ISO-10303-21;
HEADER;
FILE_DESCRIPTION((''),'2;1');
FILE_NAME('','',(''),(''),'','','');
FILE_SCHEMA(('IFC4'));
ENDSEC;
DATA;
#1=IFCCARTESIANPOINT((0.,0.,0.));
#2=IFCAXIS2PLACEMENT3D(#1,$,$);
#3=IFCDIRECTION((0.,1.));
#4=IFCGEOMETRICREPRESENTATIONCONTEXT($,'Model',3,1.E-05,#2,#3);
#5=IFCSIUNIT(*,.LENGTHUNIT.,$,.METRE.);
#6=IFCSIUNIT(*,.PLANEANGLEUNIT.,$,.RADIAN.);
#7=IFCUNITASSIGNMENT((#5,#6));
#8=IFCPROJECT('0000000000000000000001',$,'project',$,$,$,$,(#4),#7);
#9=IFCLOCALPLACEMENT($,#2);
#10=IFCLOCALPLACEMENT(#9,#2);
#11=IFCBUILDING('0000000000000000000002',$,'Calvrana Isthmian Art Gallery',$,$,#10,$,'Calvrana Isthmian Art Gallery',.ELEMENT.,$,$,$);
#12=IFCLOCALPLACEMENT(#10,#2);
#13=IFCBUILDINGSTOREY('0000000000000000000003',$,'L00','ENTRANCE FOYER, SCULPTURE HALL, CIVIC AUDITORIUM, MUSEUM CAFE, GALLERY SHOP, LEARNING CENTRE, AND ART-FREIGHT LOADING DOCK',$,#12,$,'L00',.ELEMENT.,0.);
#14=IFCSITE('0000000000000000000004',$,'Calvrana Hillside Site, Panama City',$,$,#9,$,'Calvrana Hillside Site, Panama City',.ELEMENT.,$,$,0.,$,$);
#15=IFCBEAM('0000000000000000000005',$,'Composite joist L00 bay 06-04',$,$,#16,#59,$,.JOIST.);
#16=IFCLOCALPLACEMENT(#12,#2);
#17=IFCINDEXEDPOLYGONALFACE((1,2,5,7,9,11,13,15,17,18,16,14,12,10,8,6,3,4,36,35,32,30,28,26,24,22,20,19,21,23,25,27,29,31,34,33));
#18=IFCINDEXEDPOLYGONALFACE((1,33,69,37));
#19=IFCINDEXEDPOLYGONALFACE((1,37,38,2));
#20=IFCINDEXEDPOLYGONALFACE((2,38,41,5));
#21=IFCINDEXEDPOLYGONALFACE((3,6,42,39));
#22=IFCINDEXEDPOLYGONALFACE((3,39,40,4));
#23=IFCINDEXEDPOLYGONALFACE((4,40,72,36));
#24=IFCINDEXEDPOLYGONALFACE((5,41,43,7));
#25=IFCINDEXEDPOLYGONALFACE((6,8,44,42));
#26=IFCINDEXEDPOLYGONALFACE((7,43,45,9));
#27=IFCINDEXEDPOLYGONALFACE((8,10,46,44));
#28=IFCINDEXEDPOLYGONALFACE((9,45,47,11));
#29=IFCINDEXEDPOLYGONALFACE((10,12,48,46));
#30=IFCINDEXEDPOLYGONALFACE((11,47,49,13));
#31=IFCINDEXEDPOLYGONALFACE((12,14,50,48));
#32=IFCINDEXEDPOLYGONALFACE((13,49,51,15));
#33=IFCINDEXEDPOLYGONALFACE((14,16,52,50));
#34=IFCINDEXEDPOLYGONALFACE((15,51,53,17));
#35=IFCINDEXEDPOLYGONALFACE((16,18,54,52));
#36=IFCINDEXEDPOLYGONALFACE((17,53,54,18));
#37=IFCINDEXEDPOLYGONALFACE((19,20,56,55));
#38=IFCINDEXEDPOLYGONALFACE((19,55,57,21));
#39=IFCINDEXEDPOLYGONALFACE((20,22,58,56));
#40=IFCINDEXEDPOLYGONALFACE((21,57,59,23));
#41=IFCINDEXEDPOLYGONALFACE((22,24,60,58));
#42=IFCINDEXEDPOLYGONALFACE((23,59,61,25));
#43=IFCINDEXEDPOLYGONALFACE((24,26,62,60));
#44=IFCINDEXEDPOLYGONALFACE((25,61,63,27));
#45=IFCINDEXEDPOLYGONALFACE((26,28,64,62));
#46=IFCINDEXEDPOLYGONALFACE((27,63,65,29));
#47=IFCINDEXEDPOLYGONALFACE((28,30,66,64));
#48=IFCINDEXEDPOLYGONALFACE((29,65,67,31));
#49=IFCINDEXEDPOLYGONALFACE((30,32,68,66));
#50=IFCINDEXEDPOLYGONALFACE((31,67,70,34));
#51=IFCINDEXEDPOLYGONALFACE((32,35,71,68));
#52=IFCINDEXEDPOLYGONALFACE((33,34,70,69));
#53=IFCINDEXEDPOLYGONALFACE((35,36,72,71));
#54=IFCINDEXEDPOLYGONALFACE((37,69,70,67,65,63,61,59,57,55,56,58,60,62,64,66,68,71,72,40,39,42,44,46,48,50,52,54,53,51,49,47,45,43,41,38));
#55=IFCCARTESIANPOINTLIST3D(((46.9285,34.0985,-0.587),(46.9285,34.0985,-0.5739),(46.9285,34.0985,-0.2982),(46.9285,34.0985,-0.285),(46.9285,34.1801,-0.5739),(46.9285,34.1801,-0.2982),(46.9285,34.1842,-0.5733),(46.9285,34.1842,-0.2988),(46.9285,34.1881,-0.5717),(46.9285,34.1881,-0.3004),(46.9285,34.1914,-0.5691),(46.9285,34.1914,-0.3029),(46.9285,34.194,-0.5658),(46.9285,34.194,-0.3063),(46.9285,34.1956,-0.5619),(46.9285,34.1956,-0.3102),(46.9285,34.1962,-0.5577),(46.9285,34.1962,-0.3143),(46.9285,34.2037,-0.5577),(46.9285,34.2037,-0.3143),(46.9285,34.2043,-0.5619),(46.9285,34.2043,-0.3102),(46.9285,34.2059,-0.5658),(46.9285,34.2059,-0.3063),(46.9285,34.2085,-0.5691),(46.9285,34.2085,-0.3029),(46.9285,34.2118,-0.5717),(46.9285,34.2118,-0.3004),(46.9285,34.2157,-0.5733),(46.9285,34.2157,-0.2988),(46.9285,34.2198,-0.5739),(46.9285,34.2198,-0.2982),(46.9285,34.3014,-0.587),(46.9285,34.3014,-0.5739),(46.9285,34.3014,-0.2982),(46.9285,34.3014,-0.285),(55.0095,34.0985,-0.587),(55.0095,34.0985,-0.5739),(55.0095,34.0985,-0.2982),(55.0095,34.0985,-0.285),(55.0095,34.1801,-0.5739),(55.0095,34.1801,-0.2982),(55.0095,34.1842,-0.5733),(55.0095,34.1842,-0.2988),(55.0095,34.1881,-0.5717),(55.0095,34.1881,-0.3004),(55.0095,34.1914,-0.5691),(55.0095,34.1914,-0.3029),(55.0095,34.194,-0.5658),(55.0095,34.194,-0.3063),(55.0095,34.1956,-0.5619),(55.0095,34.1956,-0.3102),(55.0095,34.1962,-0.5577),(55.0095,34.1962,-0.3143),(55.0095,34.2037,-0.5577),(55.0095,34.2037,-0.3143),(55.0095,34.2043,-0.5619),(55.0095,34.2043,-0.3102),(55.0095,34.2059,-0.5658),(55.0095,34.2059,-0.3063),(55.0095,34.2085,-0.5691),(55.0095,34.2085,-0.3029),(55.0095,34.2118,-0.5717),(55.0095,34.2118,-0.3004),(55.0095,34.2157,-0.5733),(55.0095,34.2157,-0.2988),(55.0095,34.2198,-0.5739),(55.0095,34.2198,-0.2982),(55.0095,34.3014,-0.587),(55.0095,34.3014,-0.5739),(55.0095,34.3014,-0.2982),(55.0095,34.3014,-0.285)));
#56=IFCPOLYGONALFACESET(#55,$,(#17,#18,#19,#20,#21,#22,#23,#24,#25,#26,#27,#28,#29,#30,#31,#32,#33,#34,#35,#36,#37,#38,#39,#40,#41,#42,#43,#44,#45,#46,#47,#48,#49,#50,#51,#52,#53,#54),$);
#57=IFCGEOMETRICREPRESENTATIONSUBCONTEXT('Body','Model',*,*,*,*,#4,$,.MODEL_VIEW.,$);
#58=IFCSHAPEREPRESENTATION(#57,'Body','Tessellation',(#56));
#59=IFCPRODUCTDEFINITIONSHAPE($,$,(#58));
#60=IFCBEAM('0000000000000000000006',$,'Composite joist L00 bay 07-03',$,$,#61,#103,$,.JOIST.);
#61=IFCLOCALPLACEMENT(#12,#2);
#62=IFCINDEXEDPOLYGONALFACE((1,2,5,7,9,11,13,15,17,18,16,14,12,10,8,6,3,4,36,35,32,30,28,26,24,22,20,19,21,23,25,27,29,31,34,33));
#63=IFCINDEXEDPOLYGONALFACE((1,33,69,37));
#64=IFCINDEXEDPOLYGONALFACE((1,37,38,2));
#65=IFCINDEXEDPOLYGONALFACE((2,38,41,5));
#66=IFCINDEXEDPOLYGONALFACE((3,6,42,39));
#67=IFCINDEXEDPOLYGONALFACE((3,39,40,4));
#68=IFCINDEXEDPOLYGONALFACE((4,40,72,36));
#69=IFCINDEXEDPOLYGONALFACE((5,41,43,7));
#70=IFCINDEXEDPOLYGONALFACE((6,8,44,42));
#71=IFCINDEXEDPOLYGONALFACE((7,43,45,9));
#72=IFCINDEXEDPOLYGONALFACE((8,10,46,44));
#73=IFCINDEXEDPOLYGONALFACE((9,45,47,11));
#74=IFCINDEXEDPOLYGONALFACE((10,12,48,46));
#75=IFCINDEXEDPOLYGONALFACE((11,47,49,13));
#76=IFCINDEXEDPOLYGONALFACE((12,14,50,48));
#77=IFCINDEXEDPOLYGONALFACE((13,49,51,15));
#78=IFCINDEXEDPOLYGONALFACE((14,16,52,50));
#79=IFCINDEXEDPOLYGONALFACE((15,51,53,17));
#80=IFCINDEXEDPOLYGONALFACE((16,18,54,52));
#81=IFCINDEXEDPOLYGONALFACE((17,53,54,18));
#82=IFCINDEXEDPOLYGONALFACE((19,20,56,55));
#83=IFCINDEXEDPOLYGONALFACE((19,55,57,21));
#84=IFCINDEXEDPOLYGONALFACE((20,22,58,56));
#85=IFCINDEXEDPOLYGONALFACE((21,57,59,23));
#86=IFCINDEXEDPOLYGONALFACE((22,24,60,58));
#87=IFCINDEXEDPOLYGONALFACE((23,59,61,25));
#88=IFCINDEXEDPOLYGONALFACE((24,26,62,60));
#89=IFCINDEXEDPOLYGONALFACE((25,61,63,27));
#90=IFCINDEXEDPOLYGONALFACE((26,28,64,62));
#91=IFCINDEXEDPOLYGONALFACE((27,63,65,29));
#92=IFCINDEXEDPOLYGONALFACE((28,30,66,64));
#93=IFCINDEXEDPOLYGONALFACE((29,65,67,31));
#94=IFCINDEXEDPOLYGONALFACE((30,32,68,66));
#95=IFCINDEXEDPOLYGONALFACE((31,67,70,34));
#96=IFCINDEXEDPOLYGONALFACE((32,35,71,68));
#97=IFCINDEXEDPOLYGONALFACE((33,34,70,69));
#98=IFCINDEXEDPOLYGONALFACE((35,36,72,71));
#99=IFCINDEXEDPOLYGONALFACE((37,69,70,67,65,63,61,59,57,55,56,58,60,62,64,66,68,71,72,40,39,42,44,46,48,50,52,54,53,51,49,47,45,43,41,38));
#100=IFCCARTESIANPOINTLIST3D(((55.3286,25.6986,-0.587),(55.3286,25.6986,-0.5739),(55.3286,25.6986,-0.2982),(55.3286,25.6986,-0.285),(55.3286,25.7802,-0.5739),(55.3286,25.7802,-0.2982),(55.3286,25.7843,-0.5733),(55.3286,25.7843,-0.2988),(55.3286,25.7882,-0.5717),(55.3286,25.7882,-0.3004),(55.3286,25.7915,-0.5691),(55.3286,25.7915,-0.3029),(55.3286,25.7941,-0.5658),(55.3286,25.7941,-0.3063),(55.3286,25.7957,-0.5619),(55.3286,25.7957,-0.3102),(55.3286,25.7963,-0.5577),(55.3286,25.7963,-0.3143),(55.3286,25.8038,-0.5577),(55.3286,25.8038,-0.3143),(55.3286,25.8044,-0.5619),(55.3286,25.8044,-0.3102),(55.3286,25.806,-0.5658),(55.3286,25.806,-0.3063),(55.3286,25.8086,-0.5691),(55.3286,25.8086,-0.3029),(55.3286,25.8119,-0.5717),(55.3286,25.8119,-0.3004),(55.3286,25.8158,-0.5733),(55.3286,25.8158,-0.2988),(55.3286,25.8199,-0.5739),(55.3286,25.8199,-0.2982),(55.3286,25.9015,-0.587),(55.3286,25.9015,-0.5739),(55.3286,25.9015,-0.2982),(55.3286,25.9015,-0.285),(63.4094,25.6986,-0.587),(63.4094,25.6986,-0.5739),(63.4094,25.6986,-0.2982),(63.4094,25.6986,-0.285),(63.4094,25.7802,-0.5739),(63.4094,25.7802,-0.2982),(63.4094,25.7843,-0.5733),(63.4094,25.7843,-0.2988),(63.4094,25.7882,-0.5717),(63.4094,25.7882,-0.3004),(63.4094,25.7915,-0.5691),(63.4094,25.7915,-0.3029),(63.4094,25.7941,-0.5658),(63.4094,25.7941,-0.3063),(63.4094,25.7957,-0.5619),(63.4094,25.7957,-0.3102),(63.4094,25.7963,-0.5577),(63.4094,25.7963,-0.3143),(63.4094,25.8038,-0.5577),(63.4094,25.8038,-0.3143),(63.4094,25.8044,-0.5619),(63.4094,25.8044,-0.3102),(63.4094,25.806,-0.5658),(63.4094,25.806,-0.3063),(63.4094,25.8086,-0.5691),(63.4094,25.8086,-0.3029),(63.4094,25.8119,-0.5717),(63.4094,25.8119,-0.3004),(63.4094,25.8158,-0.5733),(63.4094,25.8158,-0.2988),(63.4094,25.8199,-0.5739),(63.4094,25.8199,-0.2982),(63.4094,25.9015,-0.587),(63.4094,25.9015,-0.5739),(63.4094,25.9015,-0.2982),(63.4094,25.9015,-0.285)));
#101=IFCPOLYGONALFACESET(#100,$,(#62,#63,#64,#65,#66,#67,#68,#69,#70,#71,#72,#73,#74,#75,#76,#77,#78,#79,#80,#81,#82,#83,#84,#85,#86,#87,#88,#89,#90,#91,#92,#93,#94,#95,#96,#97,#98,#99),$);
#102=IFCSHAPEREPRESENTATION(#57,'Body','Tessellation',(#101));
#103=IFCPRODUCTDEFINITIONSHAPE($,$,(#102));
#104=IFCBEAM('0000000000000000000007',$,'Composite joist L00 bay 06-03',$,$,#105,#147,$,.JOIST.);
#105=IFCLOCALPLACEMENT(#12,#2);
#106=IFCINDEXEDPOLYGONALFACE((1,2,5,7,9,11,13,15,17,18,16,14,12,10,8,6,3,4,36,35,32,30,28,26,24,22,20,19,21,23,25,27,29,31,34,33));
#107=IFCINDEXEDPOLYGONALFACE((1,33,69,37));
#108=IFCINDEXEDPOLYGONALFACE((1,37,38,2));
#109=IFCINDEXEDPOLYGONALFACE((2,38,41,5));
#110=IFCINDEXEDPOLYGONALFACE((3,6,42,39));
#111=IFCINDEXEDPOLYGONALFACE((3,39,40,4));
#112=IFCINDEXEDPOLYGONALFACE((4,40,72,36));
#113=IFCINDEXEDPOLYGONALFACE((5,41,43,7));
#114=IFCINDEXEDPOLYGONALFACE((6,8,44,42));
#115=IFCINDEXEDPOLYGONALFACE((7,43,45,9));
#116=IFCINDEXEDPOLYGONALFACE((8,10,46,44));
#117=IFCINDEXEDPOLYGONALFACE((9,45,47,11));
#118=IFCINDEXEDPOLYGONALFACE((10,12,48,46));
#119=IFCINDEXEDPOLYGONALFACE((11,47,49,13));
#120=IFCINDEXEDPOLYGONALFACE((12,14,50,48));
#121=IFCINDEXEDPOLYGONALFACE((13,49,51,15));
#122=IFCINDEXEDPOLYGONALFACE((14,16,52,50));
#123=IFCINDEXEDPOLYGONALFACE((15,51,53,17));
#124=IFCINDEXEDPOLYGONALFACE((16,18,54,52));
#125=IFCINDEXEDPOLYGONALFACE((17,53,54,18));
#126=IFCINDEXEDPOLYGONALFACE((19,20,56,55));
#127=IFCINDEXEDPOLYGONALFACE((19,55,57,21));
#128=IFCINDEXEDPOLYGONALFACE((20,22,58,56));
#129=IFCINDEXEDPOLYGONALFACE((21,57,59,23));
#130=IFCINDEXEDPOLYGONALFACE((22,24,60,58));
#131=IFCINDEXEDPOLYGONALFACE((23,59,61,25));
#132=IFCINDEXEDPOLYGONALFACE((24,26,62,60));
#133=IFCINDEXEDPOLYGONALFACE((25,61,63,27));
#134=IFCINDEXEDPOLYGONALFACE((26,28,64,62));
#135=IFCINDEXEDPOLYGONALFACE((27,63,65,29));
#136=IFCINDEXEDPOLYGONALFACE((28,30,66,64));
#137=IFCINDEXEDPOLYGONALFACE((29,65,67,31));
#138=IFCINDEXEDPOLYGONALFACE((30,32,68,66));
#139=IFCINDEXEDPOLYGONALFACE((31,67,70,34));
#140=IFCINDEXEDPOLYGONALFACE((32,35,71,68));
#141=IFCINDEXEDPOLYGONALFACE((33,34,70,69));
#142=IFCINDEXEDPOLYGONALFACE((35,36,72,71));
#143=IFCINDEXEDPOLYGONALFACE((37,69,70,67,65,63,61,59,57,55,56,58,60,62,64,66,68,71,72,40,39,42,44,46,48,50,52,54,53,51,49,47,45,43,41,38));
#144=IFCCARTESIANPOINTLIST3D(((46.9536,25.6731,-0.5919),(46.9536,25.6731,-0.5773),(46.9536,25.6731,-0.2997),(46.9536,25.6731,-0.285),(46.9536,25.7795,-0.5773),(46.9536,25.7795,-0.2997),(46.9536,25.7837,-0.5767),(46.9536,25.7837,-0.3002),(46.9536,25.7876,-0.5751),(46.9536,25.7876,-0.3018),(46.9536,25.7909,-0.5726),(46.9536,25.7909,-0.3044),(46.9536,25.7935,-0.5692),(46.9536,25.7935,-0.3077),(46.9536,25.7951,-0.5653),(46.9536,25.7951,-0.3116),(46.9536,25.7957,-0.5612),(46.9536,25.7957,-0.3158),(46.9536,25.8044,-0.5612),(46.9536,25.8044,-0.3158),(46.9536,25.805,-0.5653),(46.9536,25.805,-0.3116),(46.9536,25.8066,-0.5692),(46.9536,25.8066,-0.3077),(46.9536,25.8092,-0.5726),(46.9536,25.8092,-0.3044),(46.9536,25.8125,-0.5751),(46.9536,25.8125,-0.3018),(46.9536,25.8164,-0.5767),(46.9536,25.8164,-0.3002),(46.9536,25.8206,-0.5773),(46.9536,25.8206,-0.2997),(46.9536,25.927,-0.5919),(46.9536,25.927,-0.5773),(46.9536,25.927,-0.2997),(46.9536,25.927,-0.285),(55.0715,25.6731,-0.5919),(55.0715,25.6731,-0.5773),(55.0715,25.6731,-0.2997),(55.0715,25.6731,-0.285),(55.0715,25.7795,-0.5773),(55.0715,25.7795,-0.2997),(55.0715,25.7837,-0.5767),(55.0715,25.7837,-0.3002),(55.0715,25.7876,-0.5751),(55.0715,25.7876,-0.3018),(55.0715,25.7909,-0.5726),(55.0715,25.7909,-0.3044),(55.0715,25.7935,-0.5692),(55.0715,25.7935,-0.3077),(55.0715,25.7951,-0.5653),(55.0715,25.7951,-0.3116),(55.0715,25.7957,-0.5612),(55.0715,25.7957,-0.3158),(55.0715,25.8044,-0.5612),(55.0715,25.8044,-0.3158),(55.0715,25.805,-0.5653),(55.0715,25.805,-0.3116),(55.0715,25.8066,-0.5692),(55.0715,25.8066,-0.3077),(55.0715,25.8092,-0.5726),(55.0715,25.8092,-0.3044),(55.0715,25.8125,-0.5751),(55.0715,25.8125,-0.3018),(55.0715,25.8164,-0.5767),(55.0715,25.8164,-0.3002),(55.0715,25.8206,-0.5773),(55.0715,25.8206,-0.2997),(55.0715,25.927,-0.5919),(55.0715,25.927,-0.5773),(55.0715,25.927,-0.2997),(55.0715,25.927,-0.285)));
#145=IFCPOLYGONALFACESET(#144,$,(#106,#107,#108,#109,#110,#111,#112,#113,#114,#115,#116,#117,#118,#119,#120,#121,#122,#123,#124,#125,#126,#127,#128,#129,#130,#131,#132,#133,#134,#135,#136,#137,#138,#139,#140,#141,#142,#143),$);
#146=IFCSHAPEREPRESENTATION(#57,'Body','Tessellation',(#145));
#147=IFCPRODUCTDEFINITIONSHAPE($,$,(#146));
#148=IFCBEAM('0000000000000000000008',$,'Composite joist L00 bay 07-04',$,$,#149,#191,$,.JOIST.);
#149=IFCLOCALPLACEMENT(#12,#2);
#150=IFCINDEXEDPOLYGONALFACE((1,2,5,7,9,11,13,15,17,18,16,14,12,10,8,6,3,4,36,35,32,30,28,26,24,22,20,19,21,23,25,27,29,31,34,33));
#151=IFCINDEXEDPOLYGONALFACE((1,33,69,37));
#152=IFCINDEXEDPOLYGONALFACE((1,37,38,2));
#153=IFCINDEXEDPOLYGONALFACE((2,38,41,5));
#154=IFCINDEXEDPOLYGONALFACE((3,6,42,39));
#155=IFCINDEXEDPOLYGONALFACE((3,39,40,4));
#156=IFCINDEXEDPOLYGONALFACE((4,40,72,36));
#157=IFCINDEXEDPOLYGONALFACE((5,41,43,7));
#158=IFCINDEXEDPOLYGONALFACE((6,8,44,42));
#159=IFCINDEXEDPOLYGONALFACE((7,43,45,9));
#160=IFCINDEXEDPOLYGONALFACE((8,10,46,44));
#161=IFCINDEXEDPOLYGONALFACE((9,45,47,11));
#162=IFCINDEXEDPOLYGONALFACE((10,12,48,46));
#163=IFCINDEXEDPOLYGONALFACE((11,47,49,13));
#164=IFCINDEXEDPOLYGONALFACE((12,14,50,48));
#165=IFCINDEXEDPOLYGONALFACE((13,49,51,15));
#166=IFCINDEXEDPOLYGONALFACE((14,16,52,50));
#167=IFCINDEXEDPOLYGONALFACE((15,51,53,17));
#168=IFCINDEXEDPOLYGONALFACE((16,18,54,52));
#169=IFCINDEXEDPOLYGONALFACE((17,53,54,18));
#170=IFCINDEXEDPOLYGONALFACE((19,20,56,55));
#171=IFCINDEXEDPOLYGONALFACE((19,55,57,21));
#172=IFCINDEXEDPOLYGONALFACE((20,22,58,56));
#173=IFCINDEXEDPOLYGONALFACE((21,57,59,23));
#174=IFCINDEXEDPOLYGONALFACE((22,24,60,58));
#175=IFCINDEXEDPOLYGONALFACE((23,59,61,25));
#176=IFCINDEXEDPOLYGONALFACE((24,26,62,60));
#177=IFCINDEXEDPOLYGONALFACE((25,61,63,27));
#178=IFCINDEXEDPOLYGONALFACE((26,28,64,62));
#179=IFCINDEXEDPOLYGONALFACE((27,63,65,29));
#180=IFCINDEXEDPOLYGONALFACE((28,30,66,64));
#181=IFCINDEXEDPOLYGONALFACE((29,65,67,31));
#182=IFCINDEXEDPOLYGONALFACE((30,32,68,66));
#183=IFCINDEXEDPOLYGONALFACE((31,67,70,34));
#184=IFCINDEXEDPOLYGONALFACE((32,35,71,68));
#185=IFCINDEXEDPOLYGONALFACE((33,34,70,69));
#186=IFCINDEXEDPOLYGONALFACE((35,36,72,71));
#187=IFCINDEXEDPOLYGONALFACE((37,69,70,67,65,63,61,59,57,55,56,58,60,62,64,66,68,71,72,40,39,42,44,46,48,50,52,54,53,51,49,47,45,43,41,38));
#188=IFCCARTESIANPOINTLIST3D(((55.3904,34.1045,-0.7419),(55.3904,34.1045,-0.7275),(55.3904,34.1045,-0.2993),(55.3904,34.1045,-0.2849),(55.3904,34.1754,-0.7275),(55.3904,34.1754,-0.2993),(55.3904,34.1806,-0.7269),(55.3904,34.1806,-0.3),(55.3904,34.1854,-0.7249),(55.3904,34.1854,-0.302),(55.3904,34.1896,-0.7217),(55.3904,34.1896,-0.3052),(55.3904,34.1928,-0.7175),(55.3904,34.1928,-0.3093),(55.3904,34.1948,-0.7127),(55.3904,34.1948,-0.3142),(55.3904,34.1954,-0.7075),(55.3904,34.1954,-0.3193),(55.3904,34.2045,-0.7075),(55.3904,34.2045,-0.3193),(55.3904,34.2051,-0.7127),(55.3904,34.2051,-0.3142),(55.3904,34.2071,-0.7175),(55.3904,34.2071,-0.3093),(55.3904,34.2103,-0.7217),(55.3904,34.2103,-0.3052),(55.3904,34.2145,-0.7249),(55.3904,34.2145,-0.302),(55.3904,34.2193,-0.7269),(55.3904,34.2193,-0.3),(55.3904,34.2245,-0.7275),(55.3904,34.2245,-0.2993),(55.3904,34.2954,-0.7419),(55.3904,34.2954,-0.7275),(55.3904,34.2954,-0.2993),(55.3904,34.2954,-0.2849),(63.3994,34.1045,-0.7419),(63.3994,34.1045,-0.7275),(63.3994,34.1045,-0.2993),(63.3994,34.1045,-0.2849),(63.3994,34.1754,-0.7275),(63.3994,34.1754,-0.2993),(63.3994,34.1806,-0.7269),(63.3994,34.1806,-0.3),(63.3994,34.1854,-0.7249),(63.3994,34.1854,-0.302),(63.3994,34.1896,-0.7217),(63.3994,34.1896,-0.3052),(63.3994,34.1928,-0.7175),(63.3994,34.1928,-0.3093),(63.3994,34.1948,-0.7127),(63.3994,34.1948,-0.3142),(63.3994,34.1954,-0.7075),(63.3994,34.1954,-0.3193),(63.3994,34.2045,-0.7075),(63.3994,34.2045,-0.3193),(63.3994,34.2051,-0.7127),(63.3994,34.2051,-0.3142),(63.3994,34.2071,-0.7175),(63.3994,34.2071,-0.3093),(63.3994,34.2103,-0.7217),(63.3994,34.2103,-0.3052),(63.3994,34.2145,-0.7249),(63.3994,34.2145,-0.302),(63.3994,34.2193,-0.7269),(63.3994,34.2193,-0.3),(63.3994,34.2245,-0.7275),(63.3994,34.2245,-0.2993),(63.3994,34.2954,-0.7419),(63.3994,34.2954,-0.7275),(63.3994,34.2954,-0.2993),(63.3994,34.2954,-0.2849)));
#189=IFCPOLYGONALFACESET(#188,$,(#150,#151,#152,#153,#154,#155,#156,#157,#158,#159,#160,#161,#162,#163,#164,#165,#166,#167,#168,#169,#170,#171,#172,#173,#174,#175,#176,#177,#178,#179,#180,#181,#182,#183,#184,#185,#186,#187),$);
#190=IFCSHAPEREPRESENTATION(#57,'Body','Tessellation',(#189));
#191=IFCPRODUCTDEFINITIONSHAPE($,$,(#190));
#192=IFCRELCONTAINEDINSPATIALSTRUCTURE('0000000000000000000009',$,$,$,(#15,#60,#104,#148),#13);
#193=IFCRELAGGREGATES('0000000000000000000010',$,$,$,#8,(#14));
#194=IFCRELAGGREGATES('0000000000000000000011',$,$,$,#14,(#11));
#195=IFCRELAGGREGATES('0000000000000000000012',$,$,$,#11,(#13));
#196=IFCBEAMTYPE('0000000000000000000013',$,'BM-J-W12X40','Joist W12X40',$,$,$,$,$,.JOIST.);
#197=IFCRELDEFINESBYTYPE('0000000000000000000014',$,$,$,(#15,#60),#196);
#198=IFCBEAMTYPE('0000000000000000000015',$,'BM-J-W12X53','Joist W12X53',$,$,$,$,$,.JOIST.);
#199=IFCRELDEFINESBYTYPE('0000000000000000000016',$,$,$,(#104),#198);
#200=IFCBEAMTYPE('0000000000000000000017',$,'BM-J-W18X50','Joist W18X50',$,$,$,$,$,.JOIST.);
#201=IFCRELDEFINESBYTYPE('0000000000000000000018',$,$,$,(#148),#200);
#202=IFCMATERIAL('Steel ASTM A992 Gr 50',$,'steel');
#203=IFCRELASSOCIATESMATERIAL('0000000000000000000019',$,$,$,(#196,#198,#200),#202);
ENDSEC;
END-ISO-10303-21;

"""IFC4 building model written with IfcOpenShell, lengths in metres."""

from ifc_helpers import new_model, si_unit, direction, frame, origin, origin_2d, place, context, subcontext, project, spatial, i_section, extrude, material, material_profile, profile_set, type_object, element, save


model = new_model("IFC4")

# Units and contexts
model_context = context("Model", 3, precision=1e-05, world=origin(), true_north=direction((0.0, 1.0)))
body_context = subcontext(model_context, "Body", "Model", "MODEL_VIEW")
ifc_project = project(units=[si_unit("LENGTHUNIT", "METRE"), si_unit("PLANEANGLEUNIT", "RADIAN")], contexts=[model_context])

# Site, building, storey
site_placement = place(None, origin())
site = spatial("IfcSite", under=ifc_project, at=site_placement, Name="Calvrana Hillside Site, Panama City", LongName="Calvrana Hillside Site, Panama City", CompositionType="ELEMENT", RefElevation=0.0)
building_placement = place(site_placement, origin())
building = spatial("IfcBuilding", under=site, at=building_placement, Name="Calvrana Isthmian Art Gallery", LongName="Calvrana Isthmian Art Gallery", CompositionType="ELEMENT")
storey_placement = place(building_placement, origin())
storey = spatial("IfcBuildingStorey", under=building, at=storey_placement, Name="L00", Description="ENTRANCE FOYER, SCULPTURE HALL, CIVIC AUDITORIUM, MUSEUM CAFE, GALLERY SHOP, LEARNING CENTRE, AND ART-FREIGHT LOADING DOCK", LongName="L00", CompositionType="ELEMENT", Elevation=0.0)

# Shared definitions
ifc_material_1 = material(Name="Steel ASTM A992 Gr 50", Category="steel")

# Beams
ifc_material_profile_1 = material_profile(ifc_material_1, i_section(OverallWidth=0.2029, OverallDepth=0.302, WebThickness=0.0076, FlangeThickness=0.0132, FilletRadius=0.0161, at=origin_2d()), Name="W12X40")
ifc_profile_set_1 = profile_set([ifc_material_profile_1], Name="Steel ASTM A992 Gr 50")
beam_type_1 = type_object("IfcBeamType", Name="BM-J-W12X40", Description="Joist W12X40", PredefinedType="JOIST", material=ifc_profile_set_1)
beam_1_placement = place(storey_placement, frame((46.9285, 34.2, -0.436), z_axis=(1.0, 0.0, 0.0), x_axis=(0.0, 1.0, 0.0)))
element("IfcBeam", 1, at=beam_1_placement, inside=storey, type_object=beam_type_1, Name="Composite joist L00 bay 06-04", PredefinedType="JOIST", context=body_context, shape_type="SweptSolid", body=[
    extrude(i_section(OverallWidth=0.2029, OverallDepth=0.302, WebThickness=0.0076, FlangeThickness=0.0132, FilletRadius=0.0161, at=origin_2d()), origin(), (0.0, 0.0, 1.0), 8.0811),
])
beam_2_placement = place(storey_placement, frame((55.3286, 25.8, -0.436), z_axis=(1.0, 0.0, 0.0), x_axis=(0.0, 1.0, 0.0)))
element("IfcBeam", 2, at=beam_2_placement, inside=storey, type_object=beam_type_1, Name="Composite joist L00 bay 07-03", PredefinedType="JOIST", context=body_context, shape_type="SweptSolid", body=[
    extrude(i_section(OverallWidth=0.2029, OverallDepth=0.302, WebThickness=0.0076, FlangeThickness=0.0132, FilletRadius=0.0161, at=origin_2d()), origin(), (0.0, 0.0, 1.0), 8.0808),
])
ifc_material_profile_2 = material_profile(ifc_material_1, i_section(OverallWidth=0.2539, OverallDepth=0.3069, WebThickness=0.0088, FlangeThickness=0.0146, FilletRadius=0.0161, at=origin_2d()), Name="W12X53")
ifc_profile_set_2 = profile_set([ifc_material_profile_2], Name="Steel ASTM A992 Gr 50")
beam_type_2 = type_object("IfcBeamType", Name="BM-J-W12X53", Description="Joist W12X53", PredefinedType="JOIST", material=ifc_profile_set_2)
beam_3_placement = place(storey_placement, frame((46.9536, 25.8, -0.4385), z_axis=(1.0, 0.0, 0.0), x_axis=(0.0, 1.0, 0.0)))
element("IfcBeam", 3, at=beam_3_placement, inside=storey, type_object=beam_type_2, Name="Composite joist L00 bay 06-03", PredefinedType="JOIST", context=body_context, shape_type="SweptSolid", body=[
    extrude(i_section(OverallWidth=0.2539, OverallDepth=0.3069, WebThickness=0.0088, FlangeThickness=0.0146, FilletRadius=0.0161, at=origin_2d()), origin(), (0.0, 0.0, 1.0), 8.1179),
])
ifc_material_profile_3 = material_profile(ifc_material_1, i_section(OverallWidth=0.1909, OverallDepth=0.457, WebThickness=0.009, FlangeThickness=0.0144, FilletRadius=0.02, at=origin_2d()), Name="W18X50")
ifc_profile_set_3 = profile_set([ifc_material_profile_3], Name="Steel ASTM A992 Gr 50")
beam_type_3 = type_object("IfcBeamType", Name="BM-J-W18X50", Description="Joist W18X50", PredefinedType="JOIST", material=ifc_profile_set_3)
beam_4_placement = place(storey_placement, frame((55.3904, 34.2, -0.5134), z_axis=(1.0, 0.0, 0.0), x_axis=(0.0, 1.0, 0.0)))
element("IfcBeam", 4, at=beam_4_placement, inside=storey, type_object=beam_type_3, Name="Composite joist L00 bay 07-04", PredefinedType="JOIST", context=body_context, shape_type="SweptSolid", body=[
    extrude(i_section(OverallWidth=0.1909, OverallDepth=0.457, WebThickness=0.009, FlangeThickness=0.0144, FilletRadius=0.02, at=origin_2d()), origin(), (0.0, 0.0, 1.0), 8.009),
])

save(model, "model.ifc")
